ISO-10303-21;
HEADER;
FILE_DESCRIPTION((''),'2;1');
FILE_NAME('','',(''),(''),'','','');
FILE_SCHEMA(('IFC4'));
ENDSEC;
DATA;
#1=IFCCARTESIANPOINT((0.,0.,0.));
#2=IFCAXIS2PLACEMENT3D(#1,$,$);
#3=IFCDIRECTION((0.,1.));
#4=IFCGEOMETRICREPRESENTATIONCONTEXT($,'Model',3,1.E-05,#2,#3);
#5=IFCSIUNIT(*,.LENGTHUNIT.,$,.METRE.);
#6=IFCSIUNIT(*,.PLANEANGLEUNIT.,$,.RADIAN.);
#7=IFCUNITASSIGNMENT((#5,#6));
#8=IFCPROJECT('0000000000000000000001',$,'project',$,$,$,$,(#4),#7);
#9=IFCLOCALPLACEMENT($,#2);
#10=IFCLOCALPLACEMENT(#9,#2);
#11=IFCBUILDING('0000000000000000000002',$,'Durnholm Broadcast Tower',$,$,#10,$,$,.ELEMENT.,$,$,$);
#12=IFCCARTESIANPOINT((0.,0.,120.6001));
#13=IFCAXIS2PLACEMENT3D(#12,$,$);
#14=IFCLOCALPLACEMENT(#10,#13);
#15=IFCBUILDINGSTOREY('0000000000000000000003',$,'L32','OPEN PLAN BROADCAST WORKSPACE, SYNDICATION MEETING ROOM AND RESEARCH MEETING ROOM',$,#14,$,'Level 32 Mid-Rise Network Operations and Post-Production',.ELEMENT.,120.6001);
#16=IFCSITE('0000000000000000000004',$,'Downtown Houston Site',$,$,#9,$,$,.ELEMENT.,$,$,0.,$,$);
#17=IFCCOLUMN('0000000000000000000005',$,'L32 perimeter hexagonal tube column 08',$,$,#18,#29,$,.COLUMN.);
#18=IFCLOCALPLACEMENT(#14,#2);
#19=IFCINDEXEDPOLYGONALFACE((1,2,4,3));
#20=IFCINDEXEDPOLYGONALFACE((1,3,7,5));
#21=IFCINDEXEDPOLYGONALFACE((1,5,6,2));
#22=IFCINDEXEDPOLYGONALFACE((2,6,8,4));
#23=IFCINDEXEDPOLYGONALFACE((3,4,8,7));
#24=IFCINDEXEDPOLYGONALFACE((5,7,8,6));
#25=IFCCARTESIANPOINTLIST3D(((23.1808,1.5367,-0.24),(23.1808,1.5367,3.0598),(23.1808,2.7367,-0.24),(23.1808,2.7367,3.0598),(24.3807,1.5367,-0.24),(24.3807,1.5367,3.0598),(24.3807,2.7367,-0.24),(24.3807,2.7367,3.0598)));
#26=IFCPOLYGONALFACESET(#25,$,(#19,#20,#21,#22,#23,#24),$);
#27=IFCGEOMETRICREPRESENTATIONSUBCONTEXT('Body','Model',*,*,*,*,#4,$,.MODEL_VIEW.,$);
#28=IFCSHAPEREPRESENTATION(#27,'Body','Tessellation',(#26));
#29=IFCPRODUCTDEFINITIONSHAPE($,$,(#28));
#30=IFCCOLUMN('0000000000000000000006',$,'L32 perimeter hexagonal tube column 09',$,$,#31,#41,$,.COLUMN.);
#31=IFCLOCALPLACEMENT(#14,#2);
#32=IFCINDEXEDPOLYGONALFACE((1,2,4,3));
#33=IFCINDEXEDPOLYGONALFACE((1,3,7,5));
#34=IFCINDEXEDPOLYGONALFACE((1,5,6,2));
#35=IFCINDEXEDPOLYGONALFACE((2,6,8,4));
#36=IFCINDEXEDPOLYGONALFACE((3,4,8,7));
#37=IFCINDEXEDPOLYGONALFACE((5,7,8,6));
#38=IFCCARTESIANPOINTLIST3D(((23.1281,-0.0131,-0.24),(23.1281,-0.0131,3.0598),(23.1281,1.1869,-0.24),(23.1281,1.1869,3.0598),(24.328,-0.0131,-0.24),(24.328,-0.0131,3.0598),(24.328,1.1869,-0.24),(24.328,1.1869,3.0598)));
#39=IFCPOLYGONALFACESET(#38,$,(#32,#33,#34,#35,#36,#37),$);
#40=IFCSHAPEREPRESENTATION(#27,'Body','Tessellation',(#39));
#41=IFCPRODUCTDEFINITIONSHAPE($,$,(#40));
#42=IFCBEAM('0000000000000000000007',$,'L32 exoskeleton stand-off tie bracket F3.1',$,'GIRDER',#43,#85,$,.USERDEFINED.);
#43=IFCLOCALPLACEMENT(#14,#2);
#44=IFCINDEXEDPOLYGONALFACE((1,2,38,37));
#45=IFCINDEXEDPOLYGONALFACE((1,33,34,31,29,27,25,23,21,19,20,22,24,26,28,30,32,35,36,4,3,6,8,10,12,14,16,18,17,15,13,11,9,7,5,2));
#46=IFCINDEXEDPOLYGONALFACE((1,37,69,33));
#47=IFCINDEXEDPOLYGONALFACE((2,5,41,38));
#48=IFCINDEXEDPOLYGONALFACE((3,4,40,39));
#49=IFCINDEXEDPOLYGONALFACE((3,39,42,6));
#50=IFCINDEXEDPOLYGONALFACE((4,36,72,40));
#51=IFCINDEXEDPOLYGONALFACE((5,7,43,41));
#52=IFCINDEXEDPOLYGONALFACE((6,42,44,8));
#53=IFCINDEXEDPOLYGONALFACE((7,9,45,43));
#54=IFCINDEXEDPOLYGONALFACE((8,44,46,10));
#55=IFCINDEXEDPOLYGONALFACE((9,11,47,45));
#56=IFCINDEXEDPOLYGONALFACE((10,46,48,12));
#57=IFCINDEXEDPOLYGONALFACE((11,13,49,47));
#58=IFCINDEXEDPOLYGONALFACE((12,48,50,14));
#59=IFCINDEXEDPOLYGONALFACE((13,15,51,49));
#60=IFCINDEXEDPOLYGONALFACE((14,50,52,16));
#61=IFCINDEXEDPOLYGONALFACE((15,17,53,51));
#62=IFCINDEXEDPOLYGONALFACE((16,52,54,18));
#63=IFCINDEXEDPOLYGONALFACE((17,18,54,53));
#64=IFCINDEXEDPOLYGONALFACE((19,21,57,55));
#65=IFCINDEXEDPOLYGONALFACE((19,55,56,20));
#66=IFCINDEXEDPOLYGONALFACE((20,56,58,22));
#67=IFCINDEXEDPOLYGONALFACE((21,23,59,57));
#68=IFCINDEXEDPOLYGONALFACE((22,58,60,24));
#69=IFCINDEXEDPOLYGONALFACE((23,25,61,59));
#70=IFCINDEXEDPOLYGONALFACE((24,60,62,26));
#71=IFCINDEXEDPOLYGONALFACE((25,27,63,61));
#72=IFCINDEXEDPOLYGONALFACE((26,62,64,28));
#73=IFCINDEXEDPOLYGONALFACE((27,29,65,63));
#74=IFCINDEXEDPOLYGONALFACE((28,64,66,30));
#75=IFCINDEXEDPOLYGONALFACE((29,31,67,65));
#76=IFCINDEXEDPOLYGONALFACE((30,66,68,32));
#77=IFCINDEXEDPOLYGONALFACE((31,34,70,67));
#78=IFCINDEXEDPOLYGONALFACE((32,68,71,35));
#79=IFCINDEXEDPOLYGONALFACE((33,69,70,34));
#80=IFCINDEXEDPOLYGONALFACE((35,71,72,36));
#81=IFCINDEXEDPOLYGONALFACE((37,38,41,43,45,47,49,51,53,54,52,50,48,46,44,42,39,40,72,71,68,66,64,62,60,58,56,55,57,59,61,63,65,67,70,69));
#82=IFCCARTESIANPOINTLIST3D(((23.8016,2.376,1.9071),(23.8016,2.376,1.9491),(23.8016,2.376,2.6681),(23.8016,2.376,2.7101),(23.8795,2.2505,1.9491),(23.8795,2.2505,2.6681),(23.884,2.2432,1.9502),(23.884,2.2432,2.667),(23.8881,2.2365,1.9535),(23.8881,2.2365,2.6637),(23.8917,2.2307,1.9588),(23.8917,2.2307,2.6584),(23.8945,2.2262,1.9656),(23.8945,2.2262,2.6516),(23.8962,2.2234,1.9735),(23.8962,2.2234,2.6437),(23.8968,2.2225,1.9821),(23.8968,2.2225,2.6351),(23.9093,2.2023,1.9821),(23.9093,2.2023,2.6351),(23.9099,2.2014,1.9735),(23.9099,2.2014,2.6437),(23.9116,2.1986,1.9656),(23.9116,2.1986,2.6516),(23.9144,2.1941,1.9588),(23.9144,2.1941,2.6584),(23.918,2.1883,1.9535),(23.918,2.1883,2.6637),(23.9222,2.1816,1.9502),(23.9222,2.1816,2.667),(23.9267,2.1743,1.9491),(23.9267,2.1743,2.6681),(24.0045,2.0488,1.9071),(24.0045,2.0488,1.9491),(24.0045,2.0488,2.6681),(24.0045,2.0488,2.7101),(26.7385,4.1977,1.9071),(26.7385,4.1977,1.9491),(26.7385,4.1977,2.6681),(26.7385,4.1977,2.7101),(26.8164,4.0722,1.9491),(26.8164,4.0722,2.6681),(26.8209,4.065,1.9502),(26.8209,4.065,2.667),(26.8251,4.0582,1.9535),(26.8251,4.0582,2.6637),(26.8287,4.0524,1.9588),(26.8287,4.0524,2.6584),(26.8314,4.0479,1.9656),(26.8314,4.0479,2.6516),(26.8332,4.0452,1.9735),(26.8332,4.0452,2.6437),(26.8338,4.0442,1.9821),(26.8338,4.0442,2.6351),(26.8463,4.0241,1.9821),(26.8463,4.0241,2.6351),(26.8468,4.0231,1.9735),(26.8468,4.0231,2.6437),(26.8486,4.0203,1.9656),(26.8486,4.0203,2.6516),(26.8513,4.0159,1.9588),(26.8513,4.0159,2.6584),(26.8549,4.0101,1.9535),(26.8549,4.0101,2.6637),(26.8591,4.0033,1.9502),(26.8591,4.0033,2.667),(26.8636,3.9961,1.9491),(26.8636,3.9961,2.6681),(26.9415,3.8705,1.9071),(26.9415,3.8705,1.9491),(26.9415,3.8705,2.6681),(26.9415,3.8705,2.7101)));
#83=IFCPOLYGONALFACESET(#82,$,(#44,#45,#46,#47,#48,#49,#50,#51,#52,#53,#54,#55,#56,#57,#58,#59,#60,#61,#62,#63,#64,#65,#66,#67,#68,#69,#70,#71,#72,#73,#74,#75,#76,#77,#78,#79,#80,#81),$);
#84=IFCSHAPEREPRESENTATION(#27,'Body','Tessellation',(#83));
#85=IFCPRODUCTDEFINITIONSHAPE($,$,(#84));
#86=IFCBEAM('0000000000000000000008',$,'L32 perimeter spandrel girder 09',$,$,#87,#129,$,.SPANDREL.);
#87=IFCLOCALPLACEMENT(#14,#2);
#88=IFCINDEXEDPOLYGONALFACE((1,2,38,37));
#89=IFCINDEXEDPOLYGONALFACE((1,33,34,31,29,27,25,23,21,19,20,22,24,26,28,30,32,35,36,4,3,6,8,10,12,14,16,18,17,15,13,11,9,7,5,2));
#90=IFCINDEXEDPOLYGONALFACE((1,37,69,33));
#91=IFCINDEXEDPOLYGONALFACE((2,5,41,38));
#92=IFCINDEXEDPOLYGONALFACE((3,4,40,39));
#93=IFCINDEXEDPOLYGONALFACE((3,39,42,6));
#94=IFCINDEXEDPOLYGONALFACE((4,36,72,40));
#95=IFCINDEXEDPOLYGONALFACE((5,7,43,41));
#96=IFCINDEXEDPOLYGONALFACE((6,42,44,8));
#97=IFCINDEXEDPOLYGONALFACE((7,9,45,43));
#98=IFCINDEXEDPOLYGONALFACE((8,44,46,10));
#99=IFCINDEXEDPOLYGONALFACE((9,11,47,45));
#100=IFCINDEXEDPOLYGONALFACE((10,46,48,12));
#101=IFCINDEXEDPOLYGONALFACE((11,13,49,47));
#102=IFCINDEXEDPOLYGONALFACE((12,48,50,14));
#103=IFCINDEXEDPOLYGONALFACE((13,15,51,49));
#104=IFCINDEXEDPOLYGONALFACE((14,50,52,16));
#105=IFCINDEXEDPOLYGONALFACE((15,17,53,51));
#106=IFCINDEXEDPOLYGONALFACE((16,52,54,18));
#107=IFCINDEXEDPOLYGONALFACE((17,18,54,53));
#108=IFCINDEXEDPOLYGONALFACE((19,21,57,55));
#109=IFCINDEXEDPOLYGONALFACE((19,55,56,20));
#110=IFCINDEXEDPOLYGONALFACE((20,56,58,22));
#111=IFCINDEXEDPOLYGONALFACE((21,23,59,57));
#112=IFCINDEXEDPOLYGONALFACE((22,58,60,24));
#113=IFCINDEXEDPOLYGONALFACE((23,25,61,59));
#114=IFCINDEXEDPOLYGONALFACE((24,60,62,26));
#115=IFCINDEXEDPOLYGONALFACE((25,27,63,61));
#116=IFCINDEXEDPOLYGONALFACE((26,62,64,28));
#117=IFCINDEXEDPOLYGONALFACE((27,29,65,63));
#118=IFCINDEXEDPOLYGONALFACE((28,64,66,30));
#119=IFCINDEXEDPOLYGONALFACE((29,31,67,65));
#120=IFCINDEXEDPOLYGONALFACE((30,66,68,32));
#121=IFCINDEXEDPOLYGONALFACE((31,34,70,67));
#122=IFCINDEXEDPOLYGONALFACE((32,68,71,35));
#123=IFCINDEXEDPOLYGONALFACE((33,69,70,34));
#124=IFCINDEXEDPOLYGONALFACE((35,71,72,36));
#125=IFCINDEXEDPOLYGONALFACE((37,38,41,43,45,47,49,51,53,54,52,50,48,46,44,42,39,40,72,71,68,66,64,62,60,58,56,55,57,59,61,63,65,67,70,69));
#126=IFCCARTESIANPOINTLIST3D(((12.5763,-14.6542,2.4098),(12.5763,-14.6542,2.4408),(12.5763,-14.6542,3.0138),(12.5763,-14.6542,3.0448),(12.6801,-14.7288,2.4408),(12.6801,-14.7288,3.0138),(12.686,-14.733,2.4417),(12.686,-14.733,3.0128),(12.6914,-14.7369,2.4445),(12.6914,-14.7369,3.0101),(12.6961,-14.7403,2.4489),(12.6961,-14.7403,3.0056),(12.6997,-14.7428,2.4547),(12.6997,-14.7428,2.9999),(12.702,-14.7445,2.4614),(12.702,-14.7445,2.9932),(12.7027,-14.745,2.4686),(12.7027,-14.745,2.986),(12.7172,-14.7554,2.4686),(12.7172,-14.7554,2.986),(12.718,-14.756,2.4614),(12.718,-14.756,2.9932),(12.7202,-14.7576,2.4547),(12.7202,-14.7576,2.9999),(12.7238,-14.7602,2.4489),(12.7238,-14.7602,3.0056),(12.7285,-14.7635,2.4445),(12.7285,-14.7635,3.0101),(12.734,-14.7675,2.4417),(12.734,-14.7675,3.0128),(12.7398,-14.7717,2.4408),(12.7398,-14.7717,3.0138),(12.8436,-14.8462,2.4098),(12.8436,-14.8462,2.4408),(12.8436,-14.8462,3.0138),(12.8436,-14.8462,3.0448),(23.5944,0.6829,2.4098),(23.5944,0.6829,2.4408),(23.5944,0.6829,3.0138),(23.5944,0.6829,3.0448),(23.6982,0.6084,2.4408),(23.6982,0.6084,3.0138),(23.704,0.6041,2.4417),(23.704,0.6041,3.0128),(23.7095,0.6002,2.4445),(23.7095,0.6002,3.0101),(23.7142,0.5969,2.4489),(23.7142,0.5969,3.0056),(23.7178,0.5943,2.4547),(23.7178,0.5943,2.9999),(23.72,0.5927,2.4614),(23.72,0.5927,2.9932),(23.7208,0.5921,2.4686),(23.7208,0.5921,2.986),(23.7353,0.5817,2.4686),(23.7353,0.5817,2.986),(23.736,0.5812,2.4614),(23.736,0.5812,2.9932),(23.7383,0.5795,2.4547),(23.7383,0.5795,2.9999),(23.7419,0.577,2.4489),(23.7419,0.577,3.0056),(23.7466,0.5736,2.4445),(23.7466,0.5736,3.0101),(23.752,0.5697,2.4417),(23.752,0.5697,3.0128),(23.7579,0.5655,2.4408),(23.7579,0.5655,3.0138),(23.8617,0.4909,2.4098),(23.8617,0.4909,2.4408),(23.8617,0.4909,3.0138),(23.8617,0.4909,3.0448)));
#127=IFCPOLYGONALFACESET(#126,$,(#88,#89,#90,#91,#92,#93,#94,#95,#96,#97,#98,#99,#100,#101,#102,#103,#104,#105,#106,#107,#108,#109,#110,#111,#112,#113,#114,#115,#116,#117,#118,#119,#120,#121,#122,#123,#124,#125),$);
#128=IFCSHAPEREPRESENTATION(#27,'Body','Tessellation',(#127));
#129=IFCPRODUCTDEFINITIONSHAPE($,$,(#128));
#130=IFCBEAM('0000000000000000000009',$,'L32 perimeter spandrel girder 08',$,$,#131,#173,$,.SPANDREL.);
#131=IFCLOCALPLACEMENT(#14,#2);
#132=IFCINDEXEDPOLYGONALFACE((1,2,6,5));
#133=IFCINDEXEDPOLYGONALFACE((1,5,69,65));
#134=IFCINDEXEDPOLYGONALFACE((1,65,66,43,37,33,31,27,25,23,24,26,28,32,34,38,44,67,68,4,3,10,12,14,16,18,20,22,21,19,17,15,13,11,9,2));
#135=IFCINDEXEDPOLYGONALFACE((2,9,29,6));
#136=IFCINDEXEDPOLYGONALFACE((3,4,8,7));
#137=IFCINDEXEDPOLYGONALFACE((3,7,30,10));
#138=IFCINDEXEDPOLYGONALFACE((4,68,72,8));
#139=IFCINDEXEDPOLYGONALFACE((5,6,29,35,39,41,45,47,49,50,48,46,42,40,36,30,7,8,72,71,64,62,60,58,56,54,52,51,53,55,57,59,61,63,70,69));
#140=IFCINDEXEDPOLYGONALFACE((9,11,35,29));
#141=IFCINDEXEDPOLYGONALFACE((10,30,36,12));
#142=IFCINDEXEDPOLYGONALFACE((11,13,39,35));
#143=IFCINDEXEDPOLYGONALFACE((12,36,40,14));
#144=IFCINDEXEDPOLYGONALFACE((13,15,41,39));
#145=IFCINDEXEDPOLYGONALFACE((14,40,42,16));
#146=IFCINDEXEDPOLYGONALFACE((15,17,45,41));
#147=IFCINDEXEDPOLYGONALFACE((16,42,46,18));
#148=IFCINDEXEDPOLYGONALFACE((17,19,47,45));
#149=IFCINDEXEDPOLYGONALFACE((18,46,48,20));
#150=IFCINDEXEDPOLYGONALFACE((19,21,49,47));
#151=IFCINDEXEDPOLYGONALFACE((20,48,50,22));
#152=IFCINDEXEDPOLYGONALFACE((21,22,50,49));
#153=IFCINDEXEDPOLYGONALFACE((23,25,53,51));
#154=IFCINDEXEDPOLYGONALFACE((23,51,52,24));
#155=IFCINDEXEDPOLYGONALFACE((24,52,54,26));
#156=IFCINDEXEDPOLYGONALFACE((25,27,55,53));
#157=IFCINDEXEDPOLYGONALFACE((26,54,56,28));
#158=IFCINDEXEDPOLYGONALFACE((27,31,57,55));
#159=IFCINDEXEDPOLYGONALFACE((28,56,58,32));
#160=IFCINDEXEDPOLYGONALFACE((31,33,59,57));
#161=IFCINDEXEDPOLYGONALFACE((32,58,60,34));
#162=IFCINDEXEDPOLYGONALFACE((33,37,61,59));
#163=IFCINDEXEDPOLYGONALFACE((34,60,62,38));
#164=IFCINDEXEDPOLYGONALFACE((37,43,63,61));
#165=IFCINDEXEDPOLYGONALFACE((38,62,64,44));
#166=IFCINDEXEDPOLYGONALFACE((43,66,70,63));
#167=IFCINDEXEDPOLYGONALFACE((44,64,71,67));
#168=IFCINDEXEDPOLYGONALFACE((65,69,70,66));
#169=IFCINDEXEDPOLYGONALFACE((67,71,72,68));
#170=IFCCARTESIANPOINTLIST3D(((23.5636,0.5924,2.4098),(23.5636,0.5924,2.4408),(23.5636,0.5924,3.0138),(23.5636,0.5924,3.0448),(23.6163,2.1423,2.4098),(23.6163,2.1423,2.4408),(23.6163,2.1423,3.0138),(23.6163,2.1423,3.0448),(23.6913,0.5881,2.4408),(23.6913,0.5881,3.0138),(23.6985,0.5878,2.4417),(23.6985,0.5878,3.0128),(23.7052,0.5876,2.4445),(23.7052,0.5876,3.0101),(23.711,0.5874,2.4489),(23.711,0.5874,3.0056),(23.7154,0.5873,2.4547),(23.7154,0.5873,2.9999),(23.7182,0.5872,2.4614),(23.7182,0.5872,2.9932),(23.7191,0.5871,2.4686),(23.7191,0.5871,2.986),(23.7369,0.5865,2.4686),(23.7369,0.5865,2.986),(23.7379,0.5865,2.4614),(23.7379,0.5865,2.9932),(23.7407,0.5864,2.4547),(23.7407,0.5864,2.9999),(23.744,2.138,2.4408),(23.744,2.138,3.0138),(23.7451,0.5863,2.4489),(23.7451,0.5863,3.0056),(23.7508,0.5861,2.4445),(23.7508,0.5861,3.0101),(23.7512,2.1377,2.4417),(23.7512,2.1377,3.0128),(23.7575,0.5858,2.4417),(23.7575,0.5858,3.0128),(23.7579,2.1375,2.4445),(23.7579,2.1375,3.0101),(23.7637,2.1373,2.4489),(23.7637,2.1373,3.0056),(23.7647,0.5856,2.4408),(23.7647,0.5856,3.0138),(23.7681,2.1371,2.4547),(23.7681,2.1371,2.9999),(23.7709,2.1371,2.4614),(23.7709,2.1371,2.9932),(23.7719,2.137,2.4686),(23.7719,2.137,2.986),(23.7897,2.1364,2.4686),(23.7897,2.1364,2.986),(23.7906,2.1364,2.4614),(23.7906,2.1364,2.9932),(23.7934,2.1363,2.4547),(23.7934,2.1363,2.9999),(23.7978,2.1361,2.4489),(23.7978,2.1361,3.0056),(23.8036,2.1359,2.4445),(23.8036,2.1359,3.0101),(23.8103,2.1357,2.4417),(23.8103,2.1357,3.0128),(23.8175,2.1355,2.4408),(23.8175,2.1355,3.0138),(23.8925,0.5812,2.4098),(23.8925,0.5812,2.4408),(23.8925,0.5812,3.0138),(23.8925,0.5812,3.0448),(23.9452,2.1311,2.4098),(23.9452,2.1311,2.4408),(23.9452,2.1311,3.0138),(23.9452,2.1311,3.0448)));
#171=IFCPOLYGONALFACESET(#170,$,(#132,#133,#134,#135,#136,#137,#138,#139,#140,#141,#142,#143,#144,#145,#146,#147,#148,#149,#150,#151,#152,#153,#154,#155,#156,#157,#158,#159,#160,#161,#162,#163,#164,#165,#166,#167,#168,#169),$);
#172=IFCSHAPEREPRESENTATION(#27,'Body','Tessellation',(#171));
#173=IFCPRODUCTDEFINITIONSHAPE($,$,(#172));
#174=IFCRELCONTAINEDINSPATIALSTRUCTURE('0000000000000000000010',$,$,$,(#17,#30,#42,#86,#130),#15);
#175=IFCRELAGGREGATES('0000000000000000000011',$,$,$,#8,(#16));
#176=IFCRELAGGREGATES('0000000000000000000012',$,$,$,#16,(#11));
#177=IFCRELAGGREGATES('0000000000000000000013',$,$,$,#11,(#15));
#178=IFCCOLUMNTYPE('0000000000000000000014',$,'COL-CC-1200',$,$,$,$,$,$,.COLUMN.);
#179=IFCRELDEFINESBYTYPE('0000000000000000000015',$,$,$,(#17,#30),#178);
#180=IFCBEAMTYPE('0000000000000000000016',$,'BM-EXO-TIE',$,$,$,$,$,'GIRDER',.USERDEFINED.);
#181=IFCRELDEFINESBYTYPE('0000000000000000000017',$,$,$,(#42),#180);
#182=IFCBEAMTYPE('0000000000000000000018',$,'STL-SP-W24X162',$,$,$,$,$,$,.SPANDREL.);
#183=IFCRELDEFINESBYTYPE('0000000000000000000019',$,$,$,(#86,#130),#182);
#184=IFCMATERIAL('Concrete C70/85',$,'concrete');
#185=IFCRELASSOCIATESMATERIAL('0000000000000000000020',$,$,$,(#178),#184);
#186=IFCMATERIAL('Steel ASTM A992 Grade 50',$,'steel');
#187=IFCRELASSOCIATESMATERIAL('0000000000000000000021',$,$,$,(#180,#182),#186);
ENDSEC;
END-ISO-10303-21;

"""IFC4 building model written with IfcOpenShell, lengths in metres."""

from ifc_helpers import new_model, si_unit, direction, frame, origin, origin_2d, place, context, subcontext, project, spatial, rectangle, i_section, extrude, source, transform, mapped, material, material_profile, profile_set, type_object, type_shapes, element, save


model = new_model("IFC4")

# Units and contexts
model_context = context("Model", 3, precision=1e-05, world=origin(), true_north=direction((0.0, 1.0)))
body_context = subcontext(model_context, "Body", "Model", "MODEL_VIEW")
ifc_project = project(units=[si_unit("LENGTHUNIT", "METRE"), si_unit("PLANEANGLEUNIT", "RADIAN")], contexts=[model_context])

# Site, building, storey
site_placement = place(None, origin())
site = spatial("IfcSite", under=ifc_project, at=site_placement, Name="Downtown Houston Site", CompositionType="ELEMENT", RefElevation=0.0)
building_placement = place(site_placement, origin())
building = spatial("IfcBuilding", under=site, at=building_placement, Name="Durnholm Broadcast Tower", CompositionType="ELEMENT")
storey_placement = place(building_placement, frame((0.0, 0.0, 120.6001)))
storey = spatial("IfcBuildingStorey", under=building, at=storey_placement, Name="L32", Description="OPEN PLAN BROADCAST WORKSPACE, SYNDICATION MEETING ROOM AND RESEARCH MEETING ROOM", LongName="Level 32 Mid-Rise Network Operations and Post-Production", CompositionType="ELEMENT", Elevation=120.6001)

# Columns
ifc_material_1 = material(Name="Concrete C70/85", Category="concrete")
ifc_material_profile_1 = material_profile(ifc_material_1, rectangle(XDim=1.2, YDim=1.2, at=origin_2d()), Name="RC1200X1200")
ifc_profile_set_1 = profile_set([ifc_material_profile_1], Name="Concrete C70/85")
column_type = type_object("IfcColumnType", Name="COL-CC-1200", PredefinedType="COLUMN", material=ifc_profile_set_1)
shared_shape_1 = source(origin(), body_context, "Body", "SweptSolid", [
    extrude(rectangle(XDim=1.2, YDim=1.2, at=origin_2d()), origin(), (0.0, 0.0, 1.0), 3.2998),
])
type_shapes(column_type, [shared_shape_1])
for number, where, z_axis, x_axis, name in (
    (1, (23.7808, 2.1367, -0.24), (0.0, 0.0, 1.0), (1.0, 0.0, 0.0), "L32 perimeter hexagonal tube column 08"),
    (2, (23.728, 0.5869, -0.24), (0.0, 0.0, 1.0), (1.0, 0.0, 0.0), "L32 perimeter hexagonal tube column 09"),
):
    element("IfcColumn", number, at=place(storey_placement, frame(where, z_axis=z_axis, x_axis=x_axis)), inside=storey, type_object=column_type, Name=name, PredefinedType="COLUMN", context=body_context, shape_type="MappedRepresentation", body=[
        mapped(shared_shape_1, transform((0.0, 0.0, 0.0), x_axis=(1.0, 0.0, 0.0), y_axis=(0.0, 1.0, 0.0), z_axis=(0.0, 0.0, 1.0), scale=1.0)),
    ])

# Beams
ifc_material_2 = material(Name="Steel ASTM A992 Grade 50", Category="steel")
ifc_material_profile_2 = material_profile(ifc_material_2, i_section(OverallWidth=0.385, OverallDepth=0.803, WebThickness=0.0237, FlangeThickness=0.042, FilletRadius=0.033, at=origin_2d()), Name="W30X261")
ifc_profile_set_2 = profile_set([ifc_material_profile_2], Name="Steel ASTM A992 Grade 50")
beam_type_1 = type_object("IfcBeamType", Name="BM-EXO-TIE", ElementType="GIRDER", PredefinedType="USERDEFINED", material=ifc_profile_set_2)
shared_shape_2 = source(origin(), body_context, "Body", "SweptSolid", [
    extrude(i_section(OverallWidth=0.385, OverallDepth=0.803, WebThickness=0.0237, FlangeThickness=0.042, FilletRadius=0.033, at=origin_2d()), origin(), (0.0, 0.0, 1.0), 3.4561),
])
beam_1_placement = place(storey_placement, frame((23.9031, 2.2124, 2.3086), z_axis=(0.849795, 0.527113, 0.0), x_axis=(-0.527113, 0.849795, 0.0)))
element("IfcBeam", 3, at=beam_1_placement, inside=storey, type_object=beam_type_1, Name="L32 exoskeleton stand-off tie bracket F3.1", ObjectType="GIRDER", PredefinedType="USERDEFINED", context=body_context, shape_type="MappedRepresentation", body=[
    mapped(shared_shape_2, transform((0.0, 0.0, 0.0), x_axis=(1.0, 0.0, 0.0), y_axis=(0.0, 1.0, 0.0), z_axis=(0.0, 0.0, 1.0), scale=1.0)),
])
ifc_material_profile_3 = material_profile(ifc_material_2, i_section(OverallWidth=0.3291, OverallDepth=0.635, WebThickness=0.0178, FlangeThickness=0.031, FilletRadius=0.0278, at=origin_2d()), Name="W24X162")
ifc_profile_set_3 = profile_set([ifc_material_profile_3], Name="Steel ASTM A992 Grade 50")
beam_type_2 = type_object("IfcBeamType", Name="STL-SP-W24X162", PredefinedType="SPANDREL", material=ifc_profile_set_3)
shared_shape_3 = source(origin(), body_context, "Body", "SweptSolid", [
    extrude(i_section(OverallWidth=0.3291, OverallDepth=0.635, WebThickness=0.0178, FlangeThickness=0.031, FilletRadius=0.0278, at=origin_2d()), origin(), (0.0, 0.0, 1.0), 18.8845),
])
beam_2_placement = place(storey_placement, frame((23.728, 0.5869, 2.7273), z_axis=(-0.583443, -0.812154, 0.0), x_axis=(0.812154, -0.583443, 0.0)))
element("IfcBeam", 4, at=beam_2_placement, inside=storey, type_object=beam_type_2, Name="L32 perimeter spandrel girder 09", PredefinedType="SPANDREL", context=body_context, shape_type="MappedRepresentation", body=[
    mapped(shared_shape_3, transform((0.0, 0.0, 0.0), x_axis=(1.0, 0.0, 0.0), y_axis=(0.0, 1.0, 0.0), z_axis=(0.0, 0.0, 1.0), scale=1.0)),
])
shared_shape_4 = source(origin(), body_context, "Body", "SweptSolid", [
    extrude(i_section(OverallWidth=0.3291, OverallDepth=0.635, WebThickness=0.0178, FlangeThickness=0.031, FilletRadius=0.0278, at=origin_2d()), origin(), (0.0, 0.0, 1.0), 1.5508),
])
type_shapes(beam_type_2, [shared_shape_3, shared_shape_4])
beam_3_placement = place(storey_placement, frame((23.7808, 2.1367, 2.7273), z_axis=(-0.034007, -0.999422, 0.0), x_axis=(0.999422, -0.034007, 0.0)))
element("IfcBeam", 5, at=beam_3_placement, inside=storey, type_object=beam_type_2, Name="L32 perimeter spandrel girder 08", PredefinedType="SPANDREL", context=body_context, shape_type="MappedRepresentation", body=[
    mapped(shared_shape_4, transform((0.0, 0.0, 0.0), x_axis=(1.0, 0.0, 0.0), y_axis=(0.0, 1.0, 0.0), z_axis=(0.0, 0.0, 1.0), scale=1.0)),
])

save(model, "model.ifc")
